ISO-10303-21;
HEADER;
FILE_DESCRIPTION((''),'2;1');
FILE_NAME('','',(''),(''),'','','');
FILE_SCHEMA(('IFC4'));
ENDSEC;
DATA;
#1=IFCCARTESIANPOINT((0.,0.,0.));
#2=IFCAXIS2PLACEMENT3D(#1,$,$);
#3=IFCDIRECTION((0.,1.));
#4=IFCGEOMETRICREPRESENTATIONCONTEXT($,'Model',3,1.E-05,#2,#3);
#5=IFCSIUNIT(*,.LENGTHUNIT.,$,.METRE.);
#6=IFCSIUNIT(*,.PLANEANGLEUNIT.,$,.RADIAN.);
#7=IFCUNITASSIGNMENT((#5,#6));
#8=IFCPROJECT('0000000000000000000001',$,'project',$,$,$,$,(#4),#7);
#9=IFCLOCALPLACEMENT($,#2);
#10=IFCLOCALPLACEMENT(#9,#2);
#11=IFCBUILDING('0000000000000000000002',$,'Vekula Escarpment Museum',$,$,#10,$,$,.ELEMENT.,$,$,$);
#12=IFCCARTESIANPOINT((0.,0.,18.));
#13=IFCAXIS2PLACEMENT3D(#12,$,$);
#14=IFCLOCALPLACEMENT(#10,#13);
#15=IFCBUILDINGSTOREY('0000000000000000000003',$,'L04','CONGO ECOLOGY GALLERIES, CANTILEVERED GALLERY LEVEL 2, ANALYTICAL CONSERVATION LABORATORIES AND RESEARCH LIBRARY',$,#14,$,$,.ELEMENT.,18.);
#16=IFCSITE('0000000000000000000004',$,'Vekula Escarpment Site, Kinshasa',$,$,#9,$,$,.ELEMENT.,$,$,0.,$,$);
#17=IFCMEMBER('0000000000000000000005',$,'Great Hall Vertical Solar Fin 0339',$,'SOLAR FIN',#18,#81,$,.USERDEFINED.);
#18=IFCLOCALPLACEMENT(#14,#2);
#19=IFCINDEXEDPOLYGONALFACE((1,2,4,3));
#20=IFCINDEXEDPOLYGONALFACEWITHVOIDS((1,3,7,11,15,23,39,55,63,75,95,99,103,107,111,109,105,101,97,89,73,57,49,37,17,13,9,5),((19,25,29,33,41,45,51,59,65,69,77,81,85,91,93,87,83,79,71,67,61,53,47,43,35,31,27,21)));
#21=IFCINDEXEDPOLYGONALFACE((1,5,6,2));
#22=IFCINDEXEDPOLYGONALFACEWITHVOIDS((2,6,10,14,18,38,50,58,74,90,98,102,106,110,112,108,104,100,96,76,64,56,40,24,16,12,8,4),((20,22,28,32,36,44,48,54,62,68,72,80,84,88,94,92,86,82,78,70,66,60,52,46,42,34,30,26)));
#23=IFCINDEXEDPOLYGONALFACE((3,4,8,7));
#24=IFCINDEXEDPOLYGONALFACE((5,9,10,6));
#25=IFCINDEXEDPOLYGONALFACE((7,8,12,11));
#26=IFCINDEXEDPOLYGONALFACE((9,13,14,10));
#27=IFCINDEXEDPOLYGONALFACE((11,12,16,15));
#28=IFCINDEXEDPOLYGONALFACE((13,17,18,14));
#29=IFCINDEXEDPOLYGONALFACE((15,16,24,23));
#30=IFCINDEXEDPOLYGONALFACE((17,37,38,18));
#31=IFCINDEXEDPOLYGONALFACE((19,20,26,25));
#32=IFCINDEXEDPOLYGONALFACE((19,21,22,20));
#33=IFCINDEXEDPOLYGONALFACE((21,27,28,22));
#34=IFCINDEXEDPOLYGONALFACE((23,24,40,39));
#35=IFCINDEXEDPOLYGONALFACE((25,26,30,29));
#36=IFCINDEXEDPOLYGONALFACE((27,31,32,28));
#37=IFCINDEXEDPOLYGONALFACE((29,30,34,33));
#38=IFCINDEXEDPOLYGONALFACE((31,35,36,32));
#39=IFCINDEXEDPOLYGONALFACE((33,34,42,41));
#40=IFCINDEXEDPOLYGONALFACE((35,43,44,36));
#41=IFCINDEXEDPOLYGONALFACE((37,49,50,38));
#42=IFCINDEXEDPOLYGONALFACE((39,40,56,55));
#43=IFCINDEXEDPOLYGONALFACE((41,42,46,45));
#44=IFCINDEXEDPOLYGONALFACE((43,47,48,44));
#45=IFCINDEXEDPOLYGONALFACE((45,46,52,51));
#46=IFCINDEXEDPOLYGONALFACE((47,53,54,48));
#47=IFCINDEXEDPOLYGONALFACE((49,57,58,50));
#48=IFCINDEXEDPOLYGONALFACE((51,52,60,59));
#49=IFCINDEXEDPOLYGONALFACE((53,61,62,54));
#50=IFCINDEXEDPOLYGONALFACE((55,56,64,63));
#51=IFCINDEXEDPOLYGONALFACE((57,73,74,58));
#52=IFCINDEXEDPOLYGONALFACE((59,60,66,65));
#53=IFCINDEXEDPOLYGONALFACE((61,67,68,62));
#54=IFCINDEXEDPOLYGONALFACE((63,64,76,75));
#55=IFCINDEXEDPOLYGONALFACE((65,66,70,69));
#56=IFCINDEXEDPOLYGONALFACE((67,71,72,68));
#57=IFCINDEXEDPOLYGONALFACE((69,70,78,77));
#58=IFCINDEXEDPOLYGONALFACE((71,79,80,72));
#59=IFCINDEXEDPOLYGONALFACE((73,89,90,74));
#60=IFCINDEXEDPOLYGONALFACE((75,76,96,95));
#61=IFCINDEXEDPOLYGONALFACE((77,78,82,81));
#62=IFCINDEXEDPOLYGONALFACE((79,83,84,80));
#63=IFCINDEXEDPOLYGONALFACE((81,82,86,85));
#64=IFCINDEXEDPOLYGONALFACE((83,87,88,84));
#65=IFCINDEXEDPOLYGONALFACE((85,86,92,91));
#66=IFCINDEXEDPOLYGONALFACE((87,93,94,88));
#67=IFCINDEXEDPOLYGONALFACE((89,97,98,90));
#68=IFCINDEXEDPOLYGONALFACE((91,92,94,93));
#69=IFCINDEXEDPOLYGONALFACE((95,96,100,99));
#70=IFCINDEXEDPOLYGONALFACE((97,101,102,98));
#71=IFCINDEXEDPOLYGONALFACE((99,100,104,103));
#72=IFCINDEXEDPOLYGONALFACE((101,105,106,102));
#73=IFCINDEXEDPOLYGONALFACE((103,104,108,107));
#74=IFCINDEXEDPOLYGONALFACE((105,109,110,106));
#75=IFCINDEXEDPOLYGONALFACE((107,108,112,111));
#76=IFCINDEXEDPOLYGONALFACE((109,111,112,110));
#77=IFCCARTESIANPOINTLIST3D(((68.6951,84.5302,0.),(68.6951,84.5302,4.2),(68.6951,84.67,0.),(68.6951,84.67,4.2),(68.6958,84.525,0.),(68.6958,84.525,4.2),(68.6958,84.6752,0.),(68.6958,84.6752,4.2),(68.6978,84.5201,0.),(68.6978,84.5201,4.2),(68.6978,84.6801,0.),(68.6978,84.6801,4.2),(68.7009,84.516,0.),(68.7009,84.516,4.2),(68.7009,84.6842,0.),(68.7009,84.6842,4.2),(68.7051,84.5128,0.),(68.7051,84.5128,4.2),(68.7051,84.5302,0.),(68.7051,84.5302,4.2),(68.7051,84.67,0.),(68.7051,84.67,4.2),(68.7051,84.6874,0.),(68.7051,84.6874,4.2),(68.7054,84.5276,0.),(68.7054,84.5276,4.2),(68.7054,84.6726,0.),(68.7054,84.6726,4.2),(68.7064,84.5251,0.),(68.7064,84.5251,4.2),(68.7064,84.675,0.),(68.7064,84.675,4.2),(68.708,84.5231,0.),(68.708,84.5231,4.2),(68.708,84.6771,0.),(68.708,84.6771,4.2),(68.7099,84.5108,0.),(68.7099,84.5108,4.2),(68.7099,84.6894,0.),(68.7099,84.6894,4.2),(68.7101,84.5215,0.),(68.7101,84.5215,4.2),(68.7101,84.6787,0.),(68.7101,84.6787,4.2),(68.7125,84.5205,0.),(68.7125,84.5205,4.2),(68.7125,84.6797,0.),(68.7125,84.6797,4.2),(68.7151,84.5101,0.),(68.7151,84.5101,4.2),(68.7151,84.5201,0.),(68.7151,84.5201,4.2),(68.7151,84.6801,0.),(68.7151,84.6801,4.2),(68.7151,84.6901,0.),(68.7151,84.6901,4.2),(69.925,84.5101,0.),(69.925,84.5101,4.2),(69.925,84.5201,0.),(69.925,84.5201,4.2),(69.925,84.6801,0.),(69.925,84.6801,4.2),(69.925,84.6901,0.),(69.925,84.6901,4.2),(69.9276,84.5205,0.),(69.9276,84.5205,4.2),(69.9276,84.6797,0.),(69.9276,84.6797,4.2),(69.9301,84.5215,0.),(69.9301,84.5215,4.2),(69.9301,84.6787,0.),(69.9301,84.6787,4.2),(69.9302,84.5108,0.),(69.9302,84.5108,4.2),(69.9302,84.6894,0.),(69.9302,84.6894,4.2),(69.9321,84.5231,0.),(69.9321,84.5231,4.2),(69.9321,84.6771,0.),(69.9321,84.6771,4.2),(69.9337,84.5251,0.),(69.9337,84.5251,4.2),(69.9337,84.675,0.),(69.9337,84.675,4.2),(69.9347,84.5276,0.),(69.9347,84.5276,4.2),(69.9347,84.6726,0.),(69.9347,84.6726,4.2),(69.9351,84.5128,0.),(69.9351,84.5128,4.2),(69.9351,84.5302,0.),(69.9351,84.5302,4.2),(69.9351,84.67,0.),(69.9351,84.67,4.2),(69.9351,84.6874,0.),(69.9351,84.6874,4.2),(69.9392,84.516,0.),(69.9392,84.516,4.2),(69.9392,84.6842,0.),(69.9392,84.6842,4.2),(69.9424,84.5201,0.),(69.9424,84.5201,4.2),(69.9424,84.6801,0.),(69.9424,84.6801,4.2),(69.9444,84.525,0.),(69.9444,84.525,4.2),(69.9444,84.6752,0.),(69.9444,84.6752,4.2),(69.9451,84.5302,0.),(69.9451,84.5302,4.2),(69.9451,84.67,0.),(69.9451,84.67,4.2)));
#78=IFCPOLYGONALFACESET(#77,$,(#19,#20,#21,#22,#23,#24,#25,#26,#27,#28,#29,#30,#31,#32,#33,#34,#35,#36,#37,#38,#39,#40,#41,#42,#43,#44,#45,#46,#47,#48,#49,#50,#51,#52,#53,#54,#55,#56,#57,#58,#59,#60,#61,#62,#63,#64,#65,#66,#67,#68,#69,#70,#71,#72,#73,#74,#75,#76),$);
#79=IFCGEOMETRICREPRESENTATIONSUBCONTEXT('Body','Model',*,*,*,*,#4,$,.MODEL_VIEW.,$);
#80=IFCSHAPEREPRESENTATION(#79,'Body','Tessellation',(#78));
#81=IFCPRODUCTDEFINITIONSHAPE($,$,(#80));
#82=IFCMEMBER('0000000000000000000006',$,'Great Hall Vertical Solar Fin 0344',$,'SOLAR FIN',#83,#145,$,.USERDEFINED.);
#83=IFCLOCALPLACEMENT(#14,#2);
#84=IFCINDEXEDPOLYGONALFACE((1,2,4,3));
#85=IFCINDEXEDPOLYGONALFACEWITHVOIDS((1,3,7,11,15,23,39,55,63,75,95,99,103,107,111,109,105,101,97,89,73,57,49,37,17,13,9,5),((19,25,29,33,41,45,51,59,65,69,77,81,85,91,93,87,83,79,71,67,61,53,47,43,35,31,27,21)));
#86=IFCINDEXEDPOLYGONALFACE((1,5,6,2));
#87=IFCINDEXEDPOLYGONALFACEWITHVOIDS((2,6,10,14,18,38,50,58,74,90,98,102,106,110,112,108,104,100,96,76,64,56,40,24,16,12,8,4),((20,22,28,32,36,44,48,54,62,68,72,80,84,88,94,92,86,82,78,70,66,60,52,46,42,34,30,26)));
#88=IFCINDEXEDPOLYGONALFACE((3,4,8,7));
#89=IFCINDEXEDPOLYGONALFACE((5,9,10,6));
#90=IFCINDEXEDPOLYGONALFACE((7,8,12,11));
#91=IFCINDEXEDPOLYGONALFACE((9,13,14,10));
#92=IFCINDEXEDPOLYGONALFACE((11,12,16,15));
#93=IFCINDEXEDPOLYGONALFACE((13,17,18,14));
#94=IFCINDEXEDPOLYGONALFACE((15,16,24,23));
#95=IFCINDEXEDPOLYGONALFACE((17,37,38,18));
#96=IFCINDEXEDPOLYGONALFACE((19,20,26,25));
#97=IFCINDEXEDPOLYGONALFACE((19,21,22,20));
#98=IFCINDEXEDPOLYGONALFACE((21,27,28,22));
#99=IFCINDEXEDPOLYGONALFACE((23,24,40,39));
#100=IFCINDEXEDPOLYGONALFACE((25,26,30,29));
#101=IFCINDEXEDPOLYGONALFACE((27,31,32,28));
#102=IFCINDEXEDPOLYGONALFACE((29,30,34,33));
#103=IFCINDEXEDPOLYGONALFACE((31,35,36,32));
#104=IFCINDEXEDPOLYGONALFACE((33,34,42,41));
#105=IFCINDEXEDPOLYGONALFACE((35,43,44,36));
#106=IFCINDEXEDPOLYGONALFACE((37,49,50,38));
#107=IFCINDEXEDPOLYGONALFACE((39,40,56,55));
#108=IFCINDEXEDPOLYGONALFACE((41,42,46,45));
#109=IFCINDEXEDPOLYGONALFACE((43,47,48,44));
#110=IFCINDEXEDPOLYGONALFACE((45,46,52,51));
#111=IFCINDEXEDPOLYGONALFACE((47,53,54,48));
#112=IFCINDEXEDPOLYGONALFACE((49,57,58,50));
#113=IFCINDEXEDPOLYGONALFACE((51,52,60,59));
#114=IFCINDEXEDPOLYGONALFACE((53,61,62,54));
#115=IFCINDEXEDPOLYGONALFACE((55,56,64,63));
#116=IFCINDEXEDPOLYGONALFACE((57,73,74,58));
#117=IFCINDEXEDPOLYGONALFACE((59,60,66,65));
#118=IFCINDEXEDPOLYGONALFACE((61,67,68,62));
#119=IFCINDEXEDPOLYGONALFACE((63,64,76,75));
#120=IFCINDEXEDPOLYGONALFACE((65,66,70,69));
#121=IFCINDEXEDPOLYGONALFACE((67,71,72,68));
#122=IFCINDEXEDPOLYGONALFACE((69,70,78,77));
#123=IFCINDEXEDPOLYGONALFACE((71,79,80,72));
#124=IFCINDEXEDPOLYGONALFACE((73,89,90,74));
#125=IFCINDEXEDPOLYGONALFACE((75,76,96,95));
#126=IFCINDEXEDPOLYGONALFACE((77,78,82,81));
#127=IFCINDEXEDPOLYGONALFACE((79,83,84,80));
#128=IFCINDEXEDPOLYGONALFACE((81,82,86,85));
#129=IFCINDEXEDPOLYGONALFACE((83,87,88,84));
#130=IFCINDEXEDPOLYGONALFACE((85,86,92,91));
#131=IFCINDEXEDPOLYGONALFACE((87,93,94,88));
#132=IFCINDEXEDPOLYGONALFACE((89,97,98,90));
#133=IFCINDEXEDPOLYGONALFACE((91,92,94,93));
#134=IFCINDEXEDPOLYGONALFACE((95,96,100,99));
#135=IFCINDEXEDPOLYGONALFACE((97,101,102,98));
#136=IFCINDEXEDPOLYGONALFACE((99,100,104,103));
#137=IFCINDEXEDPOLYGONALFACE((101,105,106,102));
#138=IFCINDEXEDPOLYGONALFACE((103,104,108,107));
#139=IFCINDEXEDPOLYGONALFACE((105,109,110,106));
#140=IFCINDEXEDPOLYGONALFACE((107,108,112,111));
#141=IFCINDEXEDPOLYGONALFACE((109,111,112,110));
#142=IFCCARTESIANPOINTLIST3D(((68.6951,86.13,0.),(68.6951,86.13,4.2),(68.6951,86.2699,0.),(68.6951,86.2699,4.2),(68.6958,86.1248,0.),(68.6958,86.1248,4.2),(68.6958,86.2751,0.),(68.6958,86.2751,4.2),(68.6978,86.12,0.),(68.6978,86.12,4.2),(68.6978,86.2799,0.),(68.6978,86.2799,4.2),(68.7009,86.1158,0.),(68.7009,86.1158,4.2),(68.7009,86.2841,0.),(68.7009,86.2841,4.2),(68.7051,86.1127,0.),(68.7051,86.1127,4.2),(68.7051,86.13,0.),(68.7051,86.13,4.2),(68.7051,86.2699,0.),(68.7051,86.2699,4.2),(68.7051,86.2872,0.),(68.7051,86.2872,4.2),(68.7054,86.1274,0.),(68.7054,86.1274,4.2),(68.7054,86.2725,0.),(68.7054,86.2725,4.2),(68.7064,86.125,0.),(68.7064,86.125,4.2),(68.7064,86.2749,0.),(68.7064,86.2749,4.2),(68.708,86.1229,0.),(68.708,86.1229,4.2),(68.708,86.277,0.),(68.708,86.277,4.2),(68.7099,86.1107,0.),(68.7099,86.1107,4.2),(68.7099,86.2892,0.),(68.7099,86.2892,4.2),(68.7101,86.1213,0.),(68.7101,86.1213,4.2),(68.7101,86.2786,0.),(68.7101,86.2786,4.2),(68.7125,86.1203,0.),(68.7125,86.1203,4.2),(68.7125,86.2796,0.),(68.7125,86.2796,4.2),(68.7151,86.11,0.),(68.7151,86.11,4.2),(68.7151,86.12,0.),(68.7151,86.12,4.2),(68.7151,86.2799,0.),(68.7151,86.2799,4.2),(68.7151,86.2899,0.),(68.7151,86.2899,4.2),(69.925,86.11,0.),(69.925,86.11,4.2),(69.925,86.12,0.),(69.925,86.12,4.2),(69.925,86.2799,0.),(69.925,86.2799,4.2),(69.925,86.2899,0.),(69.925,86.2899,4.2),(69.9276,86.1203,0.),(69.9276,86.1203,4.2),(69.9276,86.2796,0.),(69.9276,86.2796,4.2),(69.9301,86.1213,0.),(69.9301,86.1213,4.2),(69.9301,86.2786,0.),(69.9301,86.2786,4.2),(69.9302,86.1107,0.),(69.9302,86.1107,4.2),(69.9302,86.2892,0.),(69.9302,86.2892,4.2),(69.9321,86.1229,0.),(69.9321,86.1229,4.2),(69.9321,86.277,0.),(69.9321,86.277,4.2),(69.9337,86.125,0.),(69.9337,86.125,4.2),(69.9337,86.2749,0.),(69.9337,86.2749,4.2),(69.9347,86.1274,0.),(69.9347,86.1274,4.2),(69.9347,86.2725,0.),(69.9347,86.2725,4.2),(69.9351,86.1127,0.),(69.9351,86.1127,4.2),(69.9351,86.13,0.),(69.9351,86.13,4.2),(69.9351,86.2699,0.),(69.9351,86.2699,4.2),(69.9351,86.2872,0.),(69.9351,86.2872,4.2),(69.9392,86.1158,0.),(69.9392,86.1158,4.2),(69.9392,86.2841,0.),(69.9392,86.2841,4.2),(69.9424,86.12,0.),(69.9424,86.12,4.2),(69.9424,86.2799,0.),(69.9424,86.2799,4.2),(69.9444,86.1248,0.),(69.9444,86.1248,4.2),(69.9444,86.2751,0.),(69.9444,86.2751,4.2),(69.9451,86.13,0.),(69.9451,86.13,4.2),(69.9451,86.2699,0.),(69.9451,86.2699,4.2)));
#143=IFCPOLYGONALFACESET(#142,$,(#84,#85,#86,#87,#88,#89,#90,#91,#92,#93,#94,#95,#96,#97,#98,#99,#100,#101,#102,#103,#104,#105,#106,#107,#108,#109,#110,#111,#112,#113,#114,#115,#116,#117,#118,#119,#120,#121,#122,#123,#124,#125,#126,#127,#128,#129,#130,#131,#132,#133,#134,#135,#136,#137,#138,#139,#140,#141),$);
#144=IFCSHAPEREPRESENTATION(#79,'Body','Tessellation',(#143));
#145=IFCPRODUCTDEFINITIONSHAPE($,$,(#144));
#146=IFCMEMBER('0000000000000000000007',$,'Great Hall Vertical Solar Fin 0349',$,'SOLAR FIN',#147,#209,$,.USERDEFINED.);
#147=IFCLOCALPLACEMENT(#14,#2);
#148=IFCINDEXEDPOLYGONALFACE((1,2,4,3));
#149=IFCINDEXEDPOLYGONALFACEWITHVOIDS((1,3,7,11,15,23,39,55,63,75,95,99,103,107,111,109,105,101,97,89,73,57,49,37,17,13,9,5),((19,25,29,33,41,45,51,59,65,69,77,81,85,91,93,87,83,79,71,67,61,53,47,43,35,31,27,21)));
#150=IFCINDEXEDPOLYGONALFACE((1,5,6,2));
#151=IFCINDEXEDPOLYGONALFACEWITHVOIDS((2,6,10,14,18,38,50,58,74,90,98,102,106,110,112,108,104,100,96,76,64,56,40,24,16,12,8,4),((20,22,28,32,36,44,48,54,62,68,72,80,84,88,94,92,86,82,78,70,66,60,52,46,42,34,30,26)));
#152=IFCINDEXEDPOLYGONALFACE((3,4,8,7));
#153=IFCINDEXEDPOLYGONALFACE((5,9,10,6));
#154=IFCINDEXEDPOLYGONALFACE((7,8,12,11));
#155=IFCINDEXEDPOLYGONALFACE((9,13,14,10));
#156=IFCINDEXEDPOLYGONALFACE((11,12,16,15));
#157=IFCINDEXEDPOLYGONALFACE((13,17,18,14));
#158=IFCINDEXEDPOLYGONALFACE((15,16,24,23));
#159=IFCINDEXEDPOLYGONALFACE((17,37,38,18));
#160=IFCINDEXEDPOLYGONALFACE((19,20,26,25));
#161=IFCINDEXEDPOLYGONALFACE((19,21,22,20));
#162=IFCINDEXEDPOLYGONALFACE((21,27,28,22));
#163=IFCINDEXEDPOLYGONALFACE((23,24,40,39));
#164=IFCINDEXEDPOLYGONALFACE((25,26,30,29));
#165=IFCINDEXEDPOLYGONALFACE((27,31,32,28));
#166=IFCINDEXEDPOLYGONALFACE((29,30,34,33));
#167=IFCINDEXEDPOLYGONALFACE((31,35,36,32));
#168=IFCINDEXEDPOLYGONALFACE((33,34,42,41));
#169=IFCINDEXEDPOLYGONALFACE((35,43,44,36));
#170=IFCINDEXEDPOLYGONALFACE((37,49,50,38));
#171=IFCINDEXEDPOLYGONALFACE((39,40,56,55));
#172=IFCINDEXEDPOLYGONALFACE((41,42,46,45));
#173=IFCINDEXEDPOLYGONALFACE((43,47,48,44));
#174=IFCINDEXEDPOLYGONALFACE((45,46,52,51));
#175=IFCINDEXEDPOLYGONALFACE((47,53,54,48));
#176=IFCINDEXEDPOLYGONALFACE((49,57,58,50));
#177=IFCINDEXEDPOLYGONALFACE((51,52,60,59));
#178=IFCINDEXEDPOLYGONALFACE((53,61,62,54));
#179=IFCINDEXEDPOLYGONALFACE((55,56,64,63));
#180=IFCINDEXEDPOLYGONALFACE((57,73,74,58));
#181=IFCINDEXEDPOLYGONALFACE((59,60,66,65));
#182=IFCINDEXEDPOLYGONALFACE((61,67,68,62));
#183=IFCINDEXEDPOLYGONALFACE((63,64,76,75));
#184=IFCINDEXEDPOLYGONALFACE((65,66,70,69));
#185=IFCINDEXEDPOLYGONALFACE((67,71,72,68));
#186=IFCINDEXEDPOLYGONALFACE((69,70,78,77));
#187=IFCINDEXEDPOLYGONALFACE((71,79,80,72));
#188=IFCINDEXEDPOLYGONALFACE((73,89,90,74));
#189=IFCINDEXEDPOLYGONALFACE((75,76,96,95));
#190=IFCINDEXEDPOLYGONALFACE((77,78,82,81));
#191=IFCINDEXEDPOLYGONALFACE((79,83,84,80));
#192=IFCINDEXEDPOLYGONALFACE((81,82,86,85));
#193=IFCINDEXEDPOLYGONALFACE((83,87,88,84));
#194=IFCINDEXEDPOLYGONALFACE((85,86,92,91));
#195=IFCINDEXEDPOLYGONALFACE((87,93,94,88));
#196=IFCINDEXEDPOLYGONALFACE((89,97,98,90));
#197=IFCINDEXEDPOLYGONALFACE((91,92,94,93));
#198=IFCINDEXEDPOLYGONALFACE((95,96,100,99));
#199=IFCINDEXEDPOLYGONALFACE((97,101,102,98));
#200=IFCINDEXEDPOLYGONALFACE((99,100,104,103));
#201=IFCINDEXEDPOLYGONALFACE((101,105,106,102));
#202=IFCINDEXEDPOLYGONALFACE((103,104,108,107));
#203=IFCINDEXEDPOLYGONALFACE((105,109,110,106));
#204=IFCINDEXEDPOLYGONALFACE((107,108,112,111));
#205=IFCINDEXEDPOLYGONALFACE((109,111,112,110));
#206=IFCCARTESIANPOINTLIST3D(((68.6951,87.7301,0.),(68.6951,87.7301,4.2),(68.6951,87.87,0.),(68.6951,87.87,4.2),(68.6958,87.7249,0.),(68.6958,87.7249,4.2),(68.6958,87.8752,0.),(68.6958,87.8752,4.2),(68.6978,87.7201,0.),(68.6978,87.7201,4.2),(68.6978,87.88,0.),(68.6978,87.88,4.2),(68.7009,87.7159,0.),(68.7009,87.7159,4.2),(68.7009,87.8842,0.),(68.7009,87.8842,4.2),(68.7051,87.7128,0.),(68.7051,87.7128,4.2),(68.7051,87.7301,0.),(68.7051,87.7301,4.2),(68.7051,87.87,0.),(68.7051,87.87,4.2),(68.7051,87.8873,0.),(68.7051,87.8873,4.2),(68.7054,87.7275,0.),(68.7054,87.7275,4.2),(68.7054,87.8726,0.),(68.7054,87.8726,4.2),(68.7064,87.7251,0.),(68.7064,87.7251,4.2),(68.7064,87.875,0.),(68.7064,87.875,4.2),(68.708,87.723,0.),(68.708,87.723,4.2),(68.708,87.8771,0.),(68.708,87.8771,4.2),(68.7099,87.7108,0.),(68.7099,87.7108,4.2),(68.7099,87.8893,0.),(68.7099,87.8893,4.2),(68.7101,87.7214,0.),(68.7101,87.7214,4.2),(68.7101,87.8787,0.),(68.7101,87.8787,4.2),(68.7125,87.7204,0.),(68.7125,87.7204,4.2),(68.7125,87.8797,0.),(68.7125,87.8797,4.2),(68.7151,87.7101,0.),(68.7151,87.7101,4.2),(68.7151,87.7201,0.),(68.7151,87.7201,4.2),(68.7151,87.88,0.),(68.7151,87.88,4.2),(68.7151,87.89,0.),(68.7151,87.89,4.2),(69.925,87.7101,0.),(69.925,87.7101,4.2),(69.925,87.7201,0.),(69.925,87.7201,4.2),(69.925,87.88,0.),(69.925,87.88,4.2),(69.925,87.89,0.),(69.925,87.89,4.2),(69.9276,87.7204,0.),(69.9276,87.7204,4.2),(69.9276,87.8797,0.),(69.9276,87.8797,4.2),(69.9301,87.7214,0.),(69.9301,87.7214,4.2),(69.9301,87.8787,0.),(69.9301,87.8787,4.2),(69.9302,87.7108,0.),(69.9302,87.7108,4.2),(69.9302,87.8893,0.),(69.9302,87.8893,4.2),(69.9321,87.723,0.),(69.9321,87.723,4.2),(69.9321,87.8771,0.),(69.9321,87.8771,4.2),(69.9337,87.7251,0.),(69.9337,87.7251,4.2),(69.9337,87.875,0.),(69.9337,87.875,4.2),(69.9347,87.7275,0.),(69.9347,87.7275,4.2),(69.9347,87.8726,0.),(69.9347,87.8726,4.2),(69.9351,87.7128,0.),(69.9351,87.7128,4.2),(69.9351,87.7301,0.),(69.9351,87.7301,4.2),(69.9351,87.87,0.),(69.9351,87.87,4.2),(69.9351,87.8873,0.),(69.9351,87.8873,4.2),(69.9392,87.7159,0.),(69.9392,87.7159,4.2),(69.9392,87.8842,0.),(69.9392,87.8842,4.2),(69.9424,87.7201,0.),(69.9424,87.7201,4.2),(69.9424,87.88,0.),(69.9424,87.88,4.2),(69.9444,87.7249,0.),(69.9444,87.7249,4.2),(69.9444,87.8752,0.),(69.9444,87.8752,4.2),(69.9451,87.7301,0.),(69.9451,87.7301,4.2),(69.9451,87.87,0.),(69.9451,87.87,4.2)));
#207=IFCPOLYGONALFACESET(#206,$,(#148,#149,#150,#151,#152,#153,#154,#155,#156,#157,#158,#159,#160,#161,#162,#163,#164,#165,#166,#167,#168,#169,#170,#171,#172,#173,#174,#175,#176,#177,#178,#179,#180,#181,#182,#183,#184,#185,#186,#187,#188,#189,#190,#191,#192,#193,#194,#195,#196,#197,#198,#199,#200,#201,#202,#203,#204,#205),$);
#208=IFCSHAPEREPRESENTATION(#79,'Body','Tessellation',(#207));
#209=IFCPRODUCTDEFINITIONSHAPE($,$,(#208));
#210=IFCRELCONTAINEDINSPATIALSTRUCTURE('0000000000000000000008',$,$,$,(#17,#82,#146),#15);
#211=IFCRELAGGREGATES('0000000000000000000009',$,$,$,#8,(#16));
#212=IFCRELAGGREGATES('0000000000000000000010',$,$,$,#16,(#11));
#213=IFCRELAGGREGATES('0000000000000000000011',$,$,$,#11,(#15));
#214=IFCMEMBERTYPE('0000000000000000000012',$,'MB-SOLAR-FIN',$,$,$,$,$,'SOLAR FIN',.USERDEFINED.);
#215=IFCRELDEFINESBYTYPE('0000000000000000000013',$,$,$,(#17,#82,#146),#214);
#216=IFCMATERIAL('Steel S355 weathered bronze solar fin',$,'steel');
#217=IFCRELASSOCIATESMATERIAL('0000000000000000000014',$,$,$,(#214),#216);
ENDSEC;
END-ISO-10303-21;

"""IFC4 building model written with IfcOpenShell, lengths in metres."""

from ifc_helpers import new_model, si_unit, direction, frame, origin, origin_2d, place, context, subcontext, project, spatial, hollow_rectangle, extrude, material, material_profile, profile_set, type_object, element, save


model = new_model("IFC4")

# Units and contexts
model_context = context("Model", 3, precision=1e-05, world=origin(), true_north=direction((0.0, 1.0)))
body_context = subcontext(model_context, "Body", "Model", "MODEL_VIEW")
ifc_project = project(units=[si_unit("LENGTHUNIT", "METRE"), si_unit("PLANEANGLEUNIT", "RADIAN")], contexts=[model_context])

# Site, building, storey
site_placement = place(None, origin())
site = spatial("IfcSite", under=ifc_project, at=site_placement, Name="Vekula Escarpment Site, Kinshasa", CompositionType="ELEMENT", RefElevation=0.0)
building_placement = place(site_placement, origin())
building = spatial("IfcBuilding", under=site, at=building_placement, Name="Vekula Escarpment Museum", CompositionType="ELEMENT")
storey_placement = place(building_placement, frame((0.0, 0.0, 18.0)))
storey = spatial("IfcBuildingStorey", under=building, at=storey_placement, Name="L04", Description="CONGO ECOLOGY GALLERIES, CANTILEVERED GALLERY LEVEL 2, ANALYTICAL CONSERVATION LABORATORIES AND RESEARCH LIBRARY", CompositionType="ELEMENT", Elevation=18.0)

# Members
ifc_material_1 = material(Name="Steel S355 weathered bronze solar fin", Category="steel")
ifc_material_profile_1 = material_profile(ifc_material_1, hollow_rectangle(XDim=0.1799, YDim=1.25, WallThickness=0.01, InnerFilletRadius=0.01, OuterFilletRadius=0.02, at=origin_2d()), Name="RHS 1250x180x10")
ifc_profile_set_1 = profile_set([ifc_material_profile_1], Name="Steel S355 weathered bronze solar fin")
member_type_1 = type_object("IfcMemberType", Name="MB-SOLAR-FIN", ElementType="SOLAR FIN", PredefinedType="USERDEFINED", material=ifc_profile_set_1)
for number, where, z_axis, x_axis, name in (
    (1, (69.3201, 84.6001, 0.0), (0.0, 0.0, 1.0), (0.0, 1.0, 0.0), "Great Hall Vertical Solar Fin 0339"),
    (2, (69.3201, 86.2, 0.0), (0.0, 0.0, 1.0), (0.0, 1.0, 0.0), "Great Hall Vertical Solar Fin 0344"),
    (3, (69.3201, 87.8, 0.0), (0.0, 0.0, 1.0), (0.0, 1.0, 0.0), "Great Hall Vertical Solar Fin 0349"),
):
    element("IfcMember", number, at=place(storey_placement, frame(where, z_axis=z_axis, x_axis=x_axis)), inside=storey, type_object=member_type_1, Name=name, ObjectType="SOLAR FIN", PredefinedType="USERDEFINED", context=body_context, shape_type="SweptSolid", body=[
        extrude(hollow_rectangle(XDim=0.1799, YDim=1.25, WallThickness=0.01, InnerFilletRadius=0.01, OuterFilletRadius=0.02, at=origin_2d()), origin(), (0.0, 0.0, 1.0), 4.2),
    ])

save(model, "model.ifc")
